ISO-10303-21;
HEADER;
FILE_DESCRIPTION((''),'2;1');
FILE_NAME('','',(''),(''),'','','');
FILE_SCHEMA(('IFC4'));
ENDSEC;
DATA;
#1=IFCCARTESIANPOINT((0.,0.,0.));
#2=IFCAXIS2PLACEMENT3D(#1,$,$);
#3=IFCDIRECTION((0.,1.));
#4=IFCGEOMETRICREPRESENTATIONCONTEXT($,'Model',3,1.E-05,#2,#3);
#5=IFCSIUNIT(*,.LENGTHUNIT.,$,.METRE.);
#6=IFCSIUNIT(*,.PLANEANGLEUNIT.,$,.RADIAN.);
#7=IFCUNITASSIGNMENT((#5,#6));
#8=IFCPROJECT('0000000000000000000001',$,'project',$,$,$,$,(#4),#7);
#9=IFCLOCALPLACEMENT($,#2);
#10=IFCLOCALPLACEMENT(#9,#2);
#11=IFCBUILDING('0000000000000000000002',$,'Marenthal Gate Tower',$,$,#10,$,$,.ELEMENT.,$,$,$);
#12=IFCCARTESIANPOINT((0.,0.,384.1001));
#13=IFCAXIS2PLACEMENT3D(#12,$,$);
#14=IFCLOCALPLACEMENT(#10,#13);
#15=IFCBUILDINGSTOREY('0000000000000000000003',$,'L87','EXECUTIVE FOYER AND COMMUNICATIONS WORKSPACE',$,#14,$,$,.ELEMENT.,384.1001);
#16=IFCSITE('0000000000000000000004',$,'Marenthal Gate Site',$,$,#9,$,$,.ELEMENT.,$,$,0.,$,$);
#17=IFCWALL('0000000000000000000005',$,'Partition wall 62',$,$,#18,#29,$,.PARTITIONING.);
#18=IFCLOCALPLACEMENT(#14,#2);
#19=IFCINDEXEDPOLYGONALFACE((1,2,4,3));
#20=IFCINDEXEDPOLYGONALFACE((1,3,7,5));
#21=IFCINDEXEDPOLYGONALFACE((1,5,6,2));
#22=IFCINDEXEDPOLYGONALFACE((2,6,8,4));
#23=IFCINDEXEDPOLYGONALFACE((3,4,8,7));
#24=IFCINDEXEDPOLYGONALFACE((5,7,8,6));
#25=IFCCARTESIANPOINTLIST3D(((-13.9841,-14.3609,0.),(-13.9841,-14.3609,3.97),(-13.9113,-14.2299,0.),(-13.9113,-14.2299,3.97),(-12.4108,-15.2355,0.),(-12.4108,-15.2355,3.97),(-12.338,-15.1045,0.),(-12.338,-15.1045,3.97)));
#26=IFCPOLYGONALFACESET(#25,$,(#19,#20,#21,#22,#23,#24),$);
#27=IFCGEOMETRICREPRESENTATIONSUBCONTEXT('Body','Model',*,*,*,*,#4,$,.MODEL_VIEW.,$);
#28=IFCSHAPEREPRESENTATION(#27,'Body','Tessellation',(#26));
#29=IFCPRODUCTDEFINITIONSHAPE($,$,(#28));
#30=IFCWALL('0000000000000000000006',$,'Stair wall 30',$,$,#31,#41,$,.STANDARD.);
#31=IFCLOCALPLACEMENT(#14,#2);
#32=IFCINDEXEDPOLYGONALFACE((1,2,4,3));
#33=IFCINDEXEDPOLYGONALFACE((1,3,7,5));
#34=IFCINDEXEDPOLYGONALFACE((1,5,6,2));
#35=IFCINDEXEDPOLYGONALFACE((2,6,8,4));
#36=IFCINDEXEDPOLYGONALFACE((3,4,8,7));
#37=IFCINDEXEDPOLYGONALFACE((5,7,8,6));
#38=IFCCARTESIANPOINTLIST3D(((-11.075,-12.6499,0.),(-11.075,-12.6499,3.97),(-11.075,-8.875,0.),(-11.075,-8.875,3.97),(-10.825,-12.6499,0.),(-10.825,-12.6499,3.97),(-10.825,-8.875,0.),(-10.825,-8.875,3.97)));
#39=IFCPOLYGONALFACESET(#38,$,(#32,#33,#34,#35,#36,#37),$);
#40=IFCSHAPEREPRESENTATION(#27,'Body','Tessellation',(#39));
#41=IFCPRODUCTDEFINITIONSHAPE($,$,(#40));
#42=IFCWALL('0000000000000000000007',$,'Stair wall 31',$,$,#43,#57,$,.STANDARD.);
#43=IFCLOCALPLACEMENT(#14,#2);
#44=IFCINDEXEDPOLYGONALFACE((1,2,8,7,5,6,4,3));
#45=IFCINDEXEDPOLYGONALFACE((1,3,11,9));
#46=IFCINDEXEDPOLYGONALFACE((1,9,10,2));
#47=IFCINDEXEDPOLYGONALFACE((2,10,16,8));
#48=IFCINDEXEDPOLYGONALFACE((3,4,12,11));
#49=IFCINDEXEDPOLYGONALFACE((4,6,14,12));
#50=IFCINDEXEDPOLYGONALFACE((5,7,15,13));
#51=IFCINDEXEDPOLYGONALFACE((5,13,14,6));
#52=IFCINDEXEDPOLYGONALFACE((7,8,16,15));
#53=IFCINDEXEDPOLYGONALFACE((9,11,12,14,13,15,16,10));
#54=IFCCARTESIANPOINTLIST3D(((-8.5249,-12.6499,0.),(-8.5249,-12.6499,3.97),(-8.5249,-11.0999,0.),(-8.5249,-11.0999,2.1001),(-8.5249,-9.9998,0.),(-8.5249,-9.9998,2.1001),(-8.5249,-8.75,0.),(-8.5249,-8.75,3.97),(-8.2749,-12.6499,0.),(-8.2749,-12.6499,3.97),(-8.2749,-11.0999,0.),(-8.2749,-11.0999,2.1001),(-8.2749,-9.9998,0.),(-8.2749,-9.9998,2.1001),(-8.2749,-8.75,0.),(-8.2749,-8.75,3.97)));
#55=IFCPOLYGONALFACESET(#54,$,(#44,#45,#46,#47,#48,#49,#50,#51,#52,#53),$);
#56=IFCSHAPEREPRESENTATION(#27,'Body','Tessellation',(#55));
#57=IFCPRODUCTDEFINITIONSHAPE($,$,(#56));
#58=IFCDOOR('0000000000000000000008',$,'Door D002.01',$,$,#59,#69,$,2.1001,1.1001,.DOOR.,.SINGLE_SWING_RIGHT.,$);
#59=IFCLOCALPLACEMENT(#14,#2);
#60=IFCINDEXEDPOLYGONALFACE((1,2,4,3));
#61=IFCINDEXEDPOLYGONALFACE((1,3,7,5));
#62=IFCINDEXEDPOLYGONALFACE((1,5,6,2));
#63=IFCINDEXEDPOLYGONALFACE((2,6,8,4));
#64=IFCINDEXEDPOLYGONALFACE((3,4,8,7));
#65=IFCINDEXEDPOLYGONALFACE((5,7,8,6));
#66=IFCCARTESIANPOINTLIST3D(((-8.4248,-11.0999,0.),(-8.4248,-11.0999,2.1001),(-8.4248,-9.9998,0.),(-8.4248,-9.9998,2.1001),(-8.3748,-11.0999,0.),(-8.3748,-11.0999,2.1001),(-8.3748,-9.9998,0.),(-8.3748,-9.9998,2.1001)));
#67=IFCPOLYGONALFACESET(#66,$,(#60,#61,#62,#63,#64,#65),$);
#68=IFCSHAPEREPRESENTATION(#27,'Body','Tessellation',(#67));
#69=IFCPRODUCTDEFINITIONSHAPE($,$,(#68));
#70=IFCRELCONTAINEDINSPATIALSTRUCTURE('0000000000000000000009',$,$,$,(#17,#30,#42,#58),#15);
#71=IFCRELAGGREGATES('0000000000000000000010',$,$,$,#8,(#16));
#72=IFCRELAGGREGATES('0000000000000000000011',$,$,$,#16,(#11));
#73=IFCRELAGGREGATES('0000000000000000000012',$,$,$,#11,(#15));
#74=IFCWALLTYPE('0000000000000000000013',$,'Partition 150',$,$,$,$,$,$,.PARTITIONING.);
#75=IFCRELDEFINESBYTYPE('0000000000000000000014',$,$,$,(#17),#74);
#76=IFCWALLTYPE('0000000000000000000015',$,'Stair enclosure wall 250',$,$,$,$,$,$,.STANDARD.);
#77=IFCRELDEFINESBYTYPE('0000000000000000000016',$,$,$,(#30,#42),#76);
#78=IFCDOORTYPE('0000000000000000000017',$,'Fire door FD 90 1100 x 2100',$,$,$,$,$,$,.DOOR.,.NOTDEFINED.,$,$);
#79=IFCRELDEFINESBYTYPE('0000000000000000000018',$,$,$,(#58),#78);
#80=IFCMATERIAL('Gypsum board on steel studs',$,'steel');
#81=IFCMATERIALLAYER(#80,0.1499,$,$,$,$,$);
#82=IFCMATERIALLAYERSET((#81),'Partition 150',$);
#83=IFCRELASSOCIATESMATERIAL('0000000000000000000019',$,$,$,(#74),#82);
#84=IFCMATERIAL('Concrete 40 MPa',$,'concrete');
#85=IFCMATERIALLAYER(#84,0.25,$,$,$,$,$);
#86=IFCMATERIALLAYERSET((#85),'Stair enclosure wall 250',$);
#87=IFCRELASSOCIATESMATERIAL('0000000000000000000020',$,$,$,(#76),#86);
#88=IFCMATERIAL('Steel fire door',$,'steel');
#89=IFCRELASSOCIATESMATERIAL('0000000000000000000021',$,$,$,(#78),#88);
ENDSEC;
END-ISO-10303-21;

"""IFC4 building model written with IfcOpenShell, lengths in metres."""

from ifc_helpers import new_model, si_unit, direction, frame, frame_2d, origin, place, context, subcontext, project, spatial, rectangle, extrude, material, layer, layer_set, type_object, element, fill, save


model = new_model("IFC4")

# Units and contexts
model_context = context("Model", 3, precision=1e-05, world=origin(), true_north=direction((0.0, 1.0)))
body_context = subcontext(model_context, "Body", "Model", "MODEL_VIEW")
ifc_project = project(units=[si_unit("LENGTHUNIT", "METRE"), si_unit("PLANEANGLEUNIT", "RADIAN")], contexts=[model_context])

# Site, building, storey
site_placement = place(None, origin())
site = spatial("IfcSite", under=ifc_project, at=site_placement, Name="Marenthal Gate Site", CompositionType="ELEMENT", RefElevation=0.0)
building_placement = place(site_placement, origin())
building = spatial("IfcBuilding", under=site, at=building_placement, Name="Marenthal Gate Tower", CompositionType="ELEMENT")
storey_placement = place(building_placement, frame((0.0, 0.0, 384.1001)))
storey = spatial("IfcBuildingStorey", under=building, at=storey_placement, Name="L87", Description="EXECUTIVE FOYER AND COMMUNICATIONS WORKSPACE", CompositionType="ELEMENT", Elevation=384.1001)

# Walls
ifc_material_1 = material(Name="Gypsum board on steel studs", Category="steel")
ifc_layer_1 = layer(ifc_material_1, 0.1499)
ifc_layer_set_1 = layer_set([ifc_layer_1], Name="Partition 150")
wall_type_1 = type_object("IfcWallType", Name="Partition 150", PredefinedType="PARTITIONING", material=ifc_layer_set_1)
wall_1_placement = place(storey_placement, frame((-12.3745, -15.1699, 0.0), z_axis=(0.0, 0.0, 1.0), x_axis=(-0.874042, 0.48585, 0.0)))
element("IfcWall", 1, at=wall_1_placement, inside=storey, type_object=wall_type_1, Name="Partition wall 62", PredefinedType="PARTITIONING", context=body_context, shape_type="SweptSolid", body=[
    extrude(rectangle(XDim=1.8, YDim=0.1499, at=frame_2d((0.8999, 0.0))), origin(), (0.0, 0.0, 1.0), 3.97),
])
ifc_material_2 = material(Name="Concrete 40 MPa", Category="concrete")
ifc_layer_2 = layer(ifc_material_2, 0.25)
ifc_layer_set_2 = layer_set([ifc_layer_2], Name="Stair enclosure wall 250")
wall_type_2 = type_object("IfcWallType", Name="Stair enclosure wall 250", PredefinedType="STANDARD", material=ifc_layer_set_2)
wall_2_placement = place(storey_placement, frame((-10.95, -12.6499, 0.0), z_axis=(0.0, 0.0, 1.0), x_axis=(0.0, 1.0, 0.0)))
element("IfcWall", 2, at=wall_2_placement, inside=storey, type_object=wall_type_2, Name="Stair wall 30", PredefinedType="STANDARD", context=body_context, shape_type="SweptSolid", body=[
    extrude(rectangle(XDim=3.7749, YDim=0.25, at=frame_2d((1.8875, 0.0))), origin(), (0.0, 0.0, 1.0), 3.97),
])

# Wall, opening, door
wall_3_placement = place(storey_placement, frame((-8.3999, -12.6499, 0.0), z_axis=(0.0, 0.0, 1.0), x_axis=(0.0, 1.0, 0.0)))
wall_3 = element("IfcWall", 3, at=wall_3_placement, inside=storey, type_object=wall_type_2, Name="Stair wall 31", PredefinedType="STANDARD", context=body_context, shape_type="SweptSolid", body=[
    extrude(rectangle(XDim=3.8999, YDim=0.25, at=frame_2d((1.95, 0.0))), origin(), (0.0, 0.0, 1.0), 3.97),
])
opening_1_placement = place(wall_3_placement, frame((1.55, 0.0, 0.0)))
opening_1 = element("IfcOpeningElement", 4, at=opening_1_placement, cuts=wall_3, PredefinedType="OPENING", context=body_context, shape_type="SweptSolid", body=[
    extrude(rectangle(XDim=1.1001, YDim=2.1001, at=frame_2d((0.55, 1.05))), frame((0.0, 0.135, 0.0), z_axis=(0.0, -1.0, 0.0), x_axis=(1.0, 0.0, 0.0)), (0.0, 0.0, 1.0), 0.27),
])
ifc_material_3 = material(Name="Steel fire door", Category="steel")
door_type_1 = type_object("IfcDoorType", Name="Fire door FD 90 1100 x 2100", OperationType="NOTDEFINED", PredefinedType="DOOR", material=ifc_material_3)
door_1_placement = place(opening_1_placement, origin())
door_1 = element("IfcDoor", 5, at=door_1_placement, inside=storey, type_object=door_type_1, Name="Door D002.01", OperationType="SINGLE_SWING_RIGHT", OverallHeight=2.1001, OverallWidth=1.1001, PredefinedType="DOOR", context=body_context, shape_type="SweptSolid", body=[
    extrude(rectangle(XDim=1.1001, YDim=2.1001, at=frame_2d((0.55, 1.05))), frame((0.0, 0.0249, 0.0), z_axis=(0.0, -1.0, 0.0), x_axis=(1.0, 0.0, 0.0)), (0.0, 0.0, 1.0), 0.05),
])
fill(opening_1, door_1)

save(model, "model.ifc")
